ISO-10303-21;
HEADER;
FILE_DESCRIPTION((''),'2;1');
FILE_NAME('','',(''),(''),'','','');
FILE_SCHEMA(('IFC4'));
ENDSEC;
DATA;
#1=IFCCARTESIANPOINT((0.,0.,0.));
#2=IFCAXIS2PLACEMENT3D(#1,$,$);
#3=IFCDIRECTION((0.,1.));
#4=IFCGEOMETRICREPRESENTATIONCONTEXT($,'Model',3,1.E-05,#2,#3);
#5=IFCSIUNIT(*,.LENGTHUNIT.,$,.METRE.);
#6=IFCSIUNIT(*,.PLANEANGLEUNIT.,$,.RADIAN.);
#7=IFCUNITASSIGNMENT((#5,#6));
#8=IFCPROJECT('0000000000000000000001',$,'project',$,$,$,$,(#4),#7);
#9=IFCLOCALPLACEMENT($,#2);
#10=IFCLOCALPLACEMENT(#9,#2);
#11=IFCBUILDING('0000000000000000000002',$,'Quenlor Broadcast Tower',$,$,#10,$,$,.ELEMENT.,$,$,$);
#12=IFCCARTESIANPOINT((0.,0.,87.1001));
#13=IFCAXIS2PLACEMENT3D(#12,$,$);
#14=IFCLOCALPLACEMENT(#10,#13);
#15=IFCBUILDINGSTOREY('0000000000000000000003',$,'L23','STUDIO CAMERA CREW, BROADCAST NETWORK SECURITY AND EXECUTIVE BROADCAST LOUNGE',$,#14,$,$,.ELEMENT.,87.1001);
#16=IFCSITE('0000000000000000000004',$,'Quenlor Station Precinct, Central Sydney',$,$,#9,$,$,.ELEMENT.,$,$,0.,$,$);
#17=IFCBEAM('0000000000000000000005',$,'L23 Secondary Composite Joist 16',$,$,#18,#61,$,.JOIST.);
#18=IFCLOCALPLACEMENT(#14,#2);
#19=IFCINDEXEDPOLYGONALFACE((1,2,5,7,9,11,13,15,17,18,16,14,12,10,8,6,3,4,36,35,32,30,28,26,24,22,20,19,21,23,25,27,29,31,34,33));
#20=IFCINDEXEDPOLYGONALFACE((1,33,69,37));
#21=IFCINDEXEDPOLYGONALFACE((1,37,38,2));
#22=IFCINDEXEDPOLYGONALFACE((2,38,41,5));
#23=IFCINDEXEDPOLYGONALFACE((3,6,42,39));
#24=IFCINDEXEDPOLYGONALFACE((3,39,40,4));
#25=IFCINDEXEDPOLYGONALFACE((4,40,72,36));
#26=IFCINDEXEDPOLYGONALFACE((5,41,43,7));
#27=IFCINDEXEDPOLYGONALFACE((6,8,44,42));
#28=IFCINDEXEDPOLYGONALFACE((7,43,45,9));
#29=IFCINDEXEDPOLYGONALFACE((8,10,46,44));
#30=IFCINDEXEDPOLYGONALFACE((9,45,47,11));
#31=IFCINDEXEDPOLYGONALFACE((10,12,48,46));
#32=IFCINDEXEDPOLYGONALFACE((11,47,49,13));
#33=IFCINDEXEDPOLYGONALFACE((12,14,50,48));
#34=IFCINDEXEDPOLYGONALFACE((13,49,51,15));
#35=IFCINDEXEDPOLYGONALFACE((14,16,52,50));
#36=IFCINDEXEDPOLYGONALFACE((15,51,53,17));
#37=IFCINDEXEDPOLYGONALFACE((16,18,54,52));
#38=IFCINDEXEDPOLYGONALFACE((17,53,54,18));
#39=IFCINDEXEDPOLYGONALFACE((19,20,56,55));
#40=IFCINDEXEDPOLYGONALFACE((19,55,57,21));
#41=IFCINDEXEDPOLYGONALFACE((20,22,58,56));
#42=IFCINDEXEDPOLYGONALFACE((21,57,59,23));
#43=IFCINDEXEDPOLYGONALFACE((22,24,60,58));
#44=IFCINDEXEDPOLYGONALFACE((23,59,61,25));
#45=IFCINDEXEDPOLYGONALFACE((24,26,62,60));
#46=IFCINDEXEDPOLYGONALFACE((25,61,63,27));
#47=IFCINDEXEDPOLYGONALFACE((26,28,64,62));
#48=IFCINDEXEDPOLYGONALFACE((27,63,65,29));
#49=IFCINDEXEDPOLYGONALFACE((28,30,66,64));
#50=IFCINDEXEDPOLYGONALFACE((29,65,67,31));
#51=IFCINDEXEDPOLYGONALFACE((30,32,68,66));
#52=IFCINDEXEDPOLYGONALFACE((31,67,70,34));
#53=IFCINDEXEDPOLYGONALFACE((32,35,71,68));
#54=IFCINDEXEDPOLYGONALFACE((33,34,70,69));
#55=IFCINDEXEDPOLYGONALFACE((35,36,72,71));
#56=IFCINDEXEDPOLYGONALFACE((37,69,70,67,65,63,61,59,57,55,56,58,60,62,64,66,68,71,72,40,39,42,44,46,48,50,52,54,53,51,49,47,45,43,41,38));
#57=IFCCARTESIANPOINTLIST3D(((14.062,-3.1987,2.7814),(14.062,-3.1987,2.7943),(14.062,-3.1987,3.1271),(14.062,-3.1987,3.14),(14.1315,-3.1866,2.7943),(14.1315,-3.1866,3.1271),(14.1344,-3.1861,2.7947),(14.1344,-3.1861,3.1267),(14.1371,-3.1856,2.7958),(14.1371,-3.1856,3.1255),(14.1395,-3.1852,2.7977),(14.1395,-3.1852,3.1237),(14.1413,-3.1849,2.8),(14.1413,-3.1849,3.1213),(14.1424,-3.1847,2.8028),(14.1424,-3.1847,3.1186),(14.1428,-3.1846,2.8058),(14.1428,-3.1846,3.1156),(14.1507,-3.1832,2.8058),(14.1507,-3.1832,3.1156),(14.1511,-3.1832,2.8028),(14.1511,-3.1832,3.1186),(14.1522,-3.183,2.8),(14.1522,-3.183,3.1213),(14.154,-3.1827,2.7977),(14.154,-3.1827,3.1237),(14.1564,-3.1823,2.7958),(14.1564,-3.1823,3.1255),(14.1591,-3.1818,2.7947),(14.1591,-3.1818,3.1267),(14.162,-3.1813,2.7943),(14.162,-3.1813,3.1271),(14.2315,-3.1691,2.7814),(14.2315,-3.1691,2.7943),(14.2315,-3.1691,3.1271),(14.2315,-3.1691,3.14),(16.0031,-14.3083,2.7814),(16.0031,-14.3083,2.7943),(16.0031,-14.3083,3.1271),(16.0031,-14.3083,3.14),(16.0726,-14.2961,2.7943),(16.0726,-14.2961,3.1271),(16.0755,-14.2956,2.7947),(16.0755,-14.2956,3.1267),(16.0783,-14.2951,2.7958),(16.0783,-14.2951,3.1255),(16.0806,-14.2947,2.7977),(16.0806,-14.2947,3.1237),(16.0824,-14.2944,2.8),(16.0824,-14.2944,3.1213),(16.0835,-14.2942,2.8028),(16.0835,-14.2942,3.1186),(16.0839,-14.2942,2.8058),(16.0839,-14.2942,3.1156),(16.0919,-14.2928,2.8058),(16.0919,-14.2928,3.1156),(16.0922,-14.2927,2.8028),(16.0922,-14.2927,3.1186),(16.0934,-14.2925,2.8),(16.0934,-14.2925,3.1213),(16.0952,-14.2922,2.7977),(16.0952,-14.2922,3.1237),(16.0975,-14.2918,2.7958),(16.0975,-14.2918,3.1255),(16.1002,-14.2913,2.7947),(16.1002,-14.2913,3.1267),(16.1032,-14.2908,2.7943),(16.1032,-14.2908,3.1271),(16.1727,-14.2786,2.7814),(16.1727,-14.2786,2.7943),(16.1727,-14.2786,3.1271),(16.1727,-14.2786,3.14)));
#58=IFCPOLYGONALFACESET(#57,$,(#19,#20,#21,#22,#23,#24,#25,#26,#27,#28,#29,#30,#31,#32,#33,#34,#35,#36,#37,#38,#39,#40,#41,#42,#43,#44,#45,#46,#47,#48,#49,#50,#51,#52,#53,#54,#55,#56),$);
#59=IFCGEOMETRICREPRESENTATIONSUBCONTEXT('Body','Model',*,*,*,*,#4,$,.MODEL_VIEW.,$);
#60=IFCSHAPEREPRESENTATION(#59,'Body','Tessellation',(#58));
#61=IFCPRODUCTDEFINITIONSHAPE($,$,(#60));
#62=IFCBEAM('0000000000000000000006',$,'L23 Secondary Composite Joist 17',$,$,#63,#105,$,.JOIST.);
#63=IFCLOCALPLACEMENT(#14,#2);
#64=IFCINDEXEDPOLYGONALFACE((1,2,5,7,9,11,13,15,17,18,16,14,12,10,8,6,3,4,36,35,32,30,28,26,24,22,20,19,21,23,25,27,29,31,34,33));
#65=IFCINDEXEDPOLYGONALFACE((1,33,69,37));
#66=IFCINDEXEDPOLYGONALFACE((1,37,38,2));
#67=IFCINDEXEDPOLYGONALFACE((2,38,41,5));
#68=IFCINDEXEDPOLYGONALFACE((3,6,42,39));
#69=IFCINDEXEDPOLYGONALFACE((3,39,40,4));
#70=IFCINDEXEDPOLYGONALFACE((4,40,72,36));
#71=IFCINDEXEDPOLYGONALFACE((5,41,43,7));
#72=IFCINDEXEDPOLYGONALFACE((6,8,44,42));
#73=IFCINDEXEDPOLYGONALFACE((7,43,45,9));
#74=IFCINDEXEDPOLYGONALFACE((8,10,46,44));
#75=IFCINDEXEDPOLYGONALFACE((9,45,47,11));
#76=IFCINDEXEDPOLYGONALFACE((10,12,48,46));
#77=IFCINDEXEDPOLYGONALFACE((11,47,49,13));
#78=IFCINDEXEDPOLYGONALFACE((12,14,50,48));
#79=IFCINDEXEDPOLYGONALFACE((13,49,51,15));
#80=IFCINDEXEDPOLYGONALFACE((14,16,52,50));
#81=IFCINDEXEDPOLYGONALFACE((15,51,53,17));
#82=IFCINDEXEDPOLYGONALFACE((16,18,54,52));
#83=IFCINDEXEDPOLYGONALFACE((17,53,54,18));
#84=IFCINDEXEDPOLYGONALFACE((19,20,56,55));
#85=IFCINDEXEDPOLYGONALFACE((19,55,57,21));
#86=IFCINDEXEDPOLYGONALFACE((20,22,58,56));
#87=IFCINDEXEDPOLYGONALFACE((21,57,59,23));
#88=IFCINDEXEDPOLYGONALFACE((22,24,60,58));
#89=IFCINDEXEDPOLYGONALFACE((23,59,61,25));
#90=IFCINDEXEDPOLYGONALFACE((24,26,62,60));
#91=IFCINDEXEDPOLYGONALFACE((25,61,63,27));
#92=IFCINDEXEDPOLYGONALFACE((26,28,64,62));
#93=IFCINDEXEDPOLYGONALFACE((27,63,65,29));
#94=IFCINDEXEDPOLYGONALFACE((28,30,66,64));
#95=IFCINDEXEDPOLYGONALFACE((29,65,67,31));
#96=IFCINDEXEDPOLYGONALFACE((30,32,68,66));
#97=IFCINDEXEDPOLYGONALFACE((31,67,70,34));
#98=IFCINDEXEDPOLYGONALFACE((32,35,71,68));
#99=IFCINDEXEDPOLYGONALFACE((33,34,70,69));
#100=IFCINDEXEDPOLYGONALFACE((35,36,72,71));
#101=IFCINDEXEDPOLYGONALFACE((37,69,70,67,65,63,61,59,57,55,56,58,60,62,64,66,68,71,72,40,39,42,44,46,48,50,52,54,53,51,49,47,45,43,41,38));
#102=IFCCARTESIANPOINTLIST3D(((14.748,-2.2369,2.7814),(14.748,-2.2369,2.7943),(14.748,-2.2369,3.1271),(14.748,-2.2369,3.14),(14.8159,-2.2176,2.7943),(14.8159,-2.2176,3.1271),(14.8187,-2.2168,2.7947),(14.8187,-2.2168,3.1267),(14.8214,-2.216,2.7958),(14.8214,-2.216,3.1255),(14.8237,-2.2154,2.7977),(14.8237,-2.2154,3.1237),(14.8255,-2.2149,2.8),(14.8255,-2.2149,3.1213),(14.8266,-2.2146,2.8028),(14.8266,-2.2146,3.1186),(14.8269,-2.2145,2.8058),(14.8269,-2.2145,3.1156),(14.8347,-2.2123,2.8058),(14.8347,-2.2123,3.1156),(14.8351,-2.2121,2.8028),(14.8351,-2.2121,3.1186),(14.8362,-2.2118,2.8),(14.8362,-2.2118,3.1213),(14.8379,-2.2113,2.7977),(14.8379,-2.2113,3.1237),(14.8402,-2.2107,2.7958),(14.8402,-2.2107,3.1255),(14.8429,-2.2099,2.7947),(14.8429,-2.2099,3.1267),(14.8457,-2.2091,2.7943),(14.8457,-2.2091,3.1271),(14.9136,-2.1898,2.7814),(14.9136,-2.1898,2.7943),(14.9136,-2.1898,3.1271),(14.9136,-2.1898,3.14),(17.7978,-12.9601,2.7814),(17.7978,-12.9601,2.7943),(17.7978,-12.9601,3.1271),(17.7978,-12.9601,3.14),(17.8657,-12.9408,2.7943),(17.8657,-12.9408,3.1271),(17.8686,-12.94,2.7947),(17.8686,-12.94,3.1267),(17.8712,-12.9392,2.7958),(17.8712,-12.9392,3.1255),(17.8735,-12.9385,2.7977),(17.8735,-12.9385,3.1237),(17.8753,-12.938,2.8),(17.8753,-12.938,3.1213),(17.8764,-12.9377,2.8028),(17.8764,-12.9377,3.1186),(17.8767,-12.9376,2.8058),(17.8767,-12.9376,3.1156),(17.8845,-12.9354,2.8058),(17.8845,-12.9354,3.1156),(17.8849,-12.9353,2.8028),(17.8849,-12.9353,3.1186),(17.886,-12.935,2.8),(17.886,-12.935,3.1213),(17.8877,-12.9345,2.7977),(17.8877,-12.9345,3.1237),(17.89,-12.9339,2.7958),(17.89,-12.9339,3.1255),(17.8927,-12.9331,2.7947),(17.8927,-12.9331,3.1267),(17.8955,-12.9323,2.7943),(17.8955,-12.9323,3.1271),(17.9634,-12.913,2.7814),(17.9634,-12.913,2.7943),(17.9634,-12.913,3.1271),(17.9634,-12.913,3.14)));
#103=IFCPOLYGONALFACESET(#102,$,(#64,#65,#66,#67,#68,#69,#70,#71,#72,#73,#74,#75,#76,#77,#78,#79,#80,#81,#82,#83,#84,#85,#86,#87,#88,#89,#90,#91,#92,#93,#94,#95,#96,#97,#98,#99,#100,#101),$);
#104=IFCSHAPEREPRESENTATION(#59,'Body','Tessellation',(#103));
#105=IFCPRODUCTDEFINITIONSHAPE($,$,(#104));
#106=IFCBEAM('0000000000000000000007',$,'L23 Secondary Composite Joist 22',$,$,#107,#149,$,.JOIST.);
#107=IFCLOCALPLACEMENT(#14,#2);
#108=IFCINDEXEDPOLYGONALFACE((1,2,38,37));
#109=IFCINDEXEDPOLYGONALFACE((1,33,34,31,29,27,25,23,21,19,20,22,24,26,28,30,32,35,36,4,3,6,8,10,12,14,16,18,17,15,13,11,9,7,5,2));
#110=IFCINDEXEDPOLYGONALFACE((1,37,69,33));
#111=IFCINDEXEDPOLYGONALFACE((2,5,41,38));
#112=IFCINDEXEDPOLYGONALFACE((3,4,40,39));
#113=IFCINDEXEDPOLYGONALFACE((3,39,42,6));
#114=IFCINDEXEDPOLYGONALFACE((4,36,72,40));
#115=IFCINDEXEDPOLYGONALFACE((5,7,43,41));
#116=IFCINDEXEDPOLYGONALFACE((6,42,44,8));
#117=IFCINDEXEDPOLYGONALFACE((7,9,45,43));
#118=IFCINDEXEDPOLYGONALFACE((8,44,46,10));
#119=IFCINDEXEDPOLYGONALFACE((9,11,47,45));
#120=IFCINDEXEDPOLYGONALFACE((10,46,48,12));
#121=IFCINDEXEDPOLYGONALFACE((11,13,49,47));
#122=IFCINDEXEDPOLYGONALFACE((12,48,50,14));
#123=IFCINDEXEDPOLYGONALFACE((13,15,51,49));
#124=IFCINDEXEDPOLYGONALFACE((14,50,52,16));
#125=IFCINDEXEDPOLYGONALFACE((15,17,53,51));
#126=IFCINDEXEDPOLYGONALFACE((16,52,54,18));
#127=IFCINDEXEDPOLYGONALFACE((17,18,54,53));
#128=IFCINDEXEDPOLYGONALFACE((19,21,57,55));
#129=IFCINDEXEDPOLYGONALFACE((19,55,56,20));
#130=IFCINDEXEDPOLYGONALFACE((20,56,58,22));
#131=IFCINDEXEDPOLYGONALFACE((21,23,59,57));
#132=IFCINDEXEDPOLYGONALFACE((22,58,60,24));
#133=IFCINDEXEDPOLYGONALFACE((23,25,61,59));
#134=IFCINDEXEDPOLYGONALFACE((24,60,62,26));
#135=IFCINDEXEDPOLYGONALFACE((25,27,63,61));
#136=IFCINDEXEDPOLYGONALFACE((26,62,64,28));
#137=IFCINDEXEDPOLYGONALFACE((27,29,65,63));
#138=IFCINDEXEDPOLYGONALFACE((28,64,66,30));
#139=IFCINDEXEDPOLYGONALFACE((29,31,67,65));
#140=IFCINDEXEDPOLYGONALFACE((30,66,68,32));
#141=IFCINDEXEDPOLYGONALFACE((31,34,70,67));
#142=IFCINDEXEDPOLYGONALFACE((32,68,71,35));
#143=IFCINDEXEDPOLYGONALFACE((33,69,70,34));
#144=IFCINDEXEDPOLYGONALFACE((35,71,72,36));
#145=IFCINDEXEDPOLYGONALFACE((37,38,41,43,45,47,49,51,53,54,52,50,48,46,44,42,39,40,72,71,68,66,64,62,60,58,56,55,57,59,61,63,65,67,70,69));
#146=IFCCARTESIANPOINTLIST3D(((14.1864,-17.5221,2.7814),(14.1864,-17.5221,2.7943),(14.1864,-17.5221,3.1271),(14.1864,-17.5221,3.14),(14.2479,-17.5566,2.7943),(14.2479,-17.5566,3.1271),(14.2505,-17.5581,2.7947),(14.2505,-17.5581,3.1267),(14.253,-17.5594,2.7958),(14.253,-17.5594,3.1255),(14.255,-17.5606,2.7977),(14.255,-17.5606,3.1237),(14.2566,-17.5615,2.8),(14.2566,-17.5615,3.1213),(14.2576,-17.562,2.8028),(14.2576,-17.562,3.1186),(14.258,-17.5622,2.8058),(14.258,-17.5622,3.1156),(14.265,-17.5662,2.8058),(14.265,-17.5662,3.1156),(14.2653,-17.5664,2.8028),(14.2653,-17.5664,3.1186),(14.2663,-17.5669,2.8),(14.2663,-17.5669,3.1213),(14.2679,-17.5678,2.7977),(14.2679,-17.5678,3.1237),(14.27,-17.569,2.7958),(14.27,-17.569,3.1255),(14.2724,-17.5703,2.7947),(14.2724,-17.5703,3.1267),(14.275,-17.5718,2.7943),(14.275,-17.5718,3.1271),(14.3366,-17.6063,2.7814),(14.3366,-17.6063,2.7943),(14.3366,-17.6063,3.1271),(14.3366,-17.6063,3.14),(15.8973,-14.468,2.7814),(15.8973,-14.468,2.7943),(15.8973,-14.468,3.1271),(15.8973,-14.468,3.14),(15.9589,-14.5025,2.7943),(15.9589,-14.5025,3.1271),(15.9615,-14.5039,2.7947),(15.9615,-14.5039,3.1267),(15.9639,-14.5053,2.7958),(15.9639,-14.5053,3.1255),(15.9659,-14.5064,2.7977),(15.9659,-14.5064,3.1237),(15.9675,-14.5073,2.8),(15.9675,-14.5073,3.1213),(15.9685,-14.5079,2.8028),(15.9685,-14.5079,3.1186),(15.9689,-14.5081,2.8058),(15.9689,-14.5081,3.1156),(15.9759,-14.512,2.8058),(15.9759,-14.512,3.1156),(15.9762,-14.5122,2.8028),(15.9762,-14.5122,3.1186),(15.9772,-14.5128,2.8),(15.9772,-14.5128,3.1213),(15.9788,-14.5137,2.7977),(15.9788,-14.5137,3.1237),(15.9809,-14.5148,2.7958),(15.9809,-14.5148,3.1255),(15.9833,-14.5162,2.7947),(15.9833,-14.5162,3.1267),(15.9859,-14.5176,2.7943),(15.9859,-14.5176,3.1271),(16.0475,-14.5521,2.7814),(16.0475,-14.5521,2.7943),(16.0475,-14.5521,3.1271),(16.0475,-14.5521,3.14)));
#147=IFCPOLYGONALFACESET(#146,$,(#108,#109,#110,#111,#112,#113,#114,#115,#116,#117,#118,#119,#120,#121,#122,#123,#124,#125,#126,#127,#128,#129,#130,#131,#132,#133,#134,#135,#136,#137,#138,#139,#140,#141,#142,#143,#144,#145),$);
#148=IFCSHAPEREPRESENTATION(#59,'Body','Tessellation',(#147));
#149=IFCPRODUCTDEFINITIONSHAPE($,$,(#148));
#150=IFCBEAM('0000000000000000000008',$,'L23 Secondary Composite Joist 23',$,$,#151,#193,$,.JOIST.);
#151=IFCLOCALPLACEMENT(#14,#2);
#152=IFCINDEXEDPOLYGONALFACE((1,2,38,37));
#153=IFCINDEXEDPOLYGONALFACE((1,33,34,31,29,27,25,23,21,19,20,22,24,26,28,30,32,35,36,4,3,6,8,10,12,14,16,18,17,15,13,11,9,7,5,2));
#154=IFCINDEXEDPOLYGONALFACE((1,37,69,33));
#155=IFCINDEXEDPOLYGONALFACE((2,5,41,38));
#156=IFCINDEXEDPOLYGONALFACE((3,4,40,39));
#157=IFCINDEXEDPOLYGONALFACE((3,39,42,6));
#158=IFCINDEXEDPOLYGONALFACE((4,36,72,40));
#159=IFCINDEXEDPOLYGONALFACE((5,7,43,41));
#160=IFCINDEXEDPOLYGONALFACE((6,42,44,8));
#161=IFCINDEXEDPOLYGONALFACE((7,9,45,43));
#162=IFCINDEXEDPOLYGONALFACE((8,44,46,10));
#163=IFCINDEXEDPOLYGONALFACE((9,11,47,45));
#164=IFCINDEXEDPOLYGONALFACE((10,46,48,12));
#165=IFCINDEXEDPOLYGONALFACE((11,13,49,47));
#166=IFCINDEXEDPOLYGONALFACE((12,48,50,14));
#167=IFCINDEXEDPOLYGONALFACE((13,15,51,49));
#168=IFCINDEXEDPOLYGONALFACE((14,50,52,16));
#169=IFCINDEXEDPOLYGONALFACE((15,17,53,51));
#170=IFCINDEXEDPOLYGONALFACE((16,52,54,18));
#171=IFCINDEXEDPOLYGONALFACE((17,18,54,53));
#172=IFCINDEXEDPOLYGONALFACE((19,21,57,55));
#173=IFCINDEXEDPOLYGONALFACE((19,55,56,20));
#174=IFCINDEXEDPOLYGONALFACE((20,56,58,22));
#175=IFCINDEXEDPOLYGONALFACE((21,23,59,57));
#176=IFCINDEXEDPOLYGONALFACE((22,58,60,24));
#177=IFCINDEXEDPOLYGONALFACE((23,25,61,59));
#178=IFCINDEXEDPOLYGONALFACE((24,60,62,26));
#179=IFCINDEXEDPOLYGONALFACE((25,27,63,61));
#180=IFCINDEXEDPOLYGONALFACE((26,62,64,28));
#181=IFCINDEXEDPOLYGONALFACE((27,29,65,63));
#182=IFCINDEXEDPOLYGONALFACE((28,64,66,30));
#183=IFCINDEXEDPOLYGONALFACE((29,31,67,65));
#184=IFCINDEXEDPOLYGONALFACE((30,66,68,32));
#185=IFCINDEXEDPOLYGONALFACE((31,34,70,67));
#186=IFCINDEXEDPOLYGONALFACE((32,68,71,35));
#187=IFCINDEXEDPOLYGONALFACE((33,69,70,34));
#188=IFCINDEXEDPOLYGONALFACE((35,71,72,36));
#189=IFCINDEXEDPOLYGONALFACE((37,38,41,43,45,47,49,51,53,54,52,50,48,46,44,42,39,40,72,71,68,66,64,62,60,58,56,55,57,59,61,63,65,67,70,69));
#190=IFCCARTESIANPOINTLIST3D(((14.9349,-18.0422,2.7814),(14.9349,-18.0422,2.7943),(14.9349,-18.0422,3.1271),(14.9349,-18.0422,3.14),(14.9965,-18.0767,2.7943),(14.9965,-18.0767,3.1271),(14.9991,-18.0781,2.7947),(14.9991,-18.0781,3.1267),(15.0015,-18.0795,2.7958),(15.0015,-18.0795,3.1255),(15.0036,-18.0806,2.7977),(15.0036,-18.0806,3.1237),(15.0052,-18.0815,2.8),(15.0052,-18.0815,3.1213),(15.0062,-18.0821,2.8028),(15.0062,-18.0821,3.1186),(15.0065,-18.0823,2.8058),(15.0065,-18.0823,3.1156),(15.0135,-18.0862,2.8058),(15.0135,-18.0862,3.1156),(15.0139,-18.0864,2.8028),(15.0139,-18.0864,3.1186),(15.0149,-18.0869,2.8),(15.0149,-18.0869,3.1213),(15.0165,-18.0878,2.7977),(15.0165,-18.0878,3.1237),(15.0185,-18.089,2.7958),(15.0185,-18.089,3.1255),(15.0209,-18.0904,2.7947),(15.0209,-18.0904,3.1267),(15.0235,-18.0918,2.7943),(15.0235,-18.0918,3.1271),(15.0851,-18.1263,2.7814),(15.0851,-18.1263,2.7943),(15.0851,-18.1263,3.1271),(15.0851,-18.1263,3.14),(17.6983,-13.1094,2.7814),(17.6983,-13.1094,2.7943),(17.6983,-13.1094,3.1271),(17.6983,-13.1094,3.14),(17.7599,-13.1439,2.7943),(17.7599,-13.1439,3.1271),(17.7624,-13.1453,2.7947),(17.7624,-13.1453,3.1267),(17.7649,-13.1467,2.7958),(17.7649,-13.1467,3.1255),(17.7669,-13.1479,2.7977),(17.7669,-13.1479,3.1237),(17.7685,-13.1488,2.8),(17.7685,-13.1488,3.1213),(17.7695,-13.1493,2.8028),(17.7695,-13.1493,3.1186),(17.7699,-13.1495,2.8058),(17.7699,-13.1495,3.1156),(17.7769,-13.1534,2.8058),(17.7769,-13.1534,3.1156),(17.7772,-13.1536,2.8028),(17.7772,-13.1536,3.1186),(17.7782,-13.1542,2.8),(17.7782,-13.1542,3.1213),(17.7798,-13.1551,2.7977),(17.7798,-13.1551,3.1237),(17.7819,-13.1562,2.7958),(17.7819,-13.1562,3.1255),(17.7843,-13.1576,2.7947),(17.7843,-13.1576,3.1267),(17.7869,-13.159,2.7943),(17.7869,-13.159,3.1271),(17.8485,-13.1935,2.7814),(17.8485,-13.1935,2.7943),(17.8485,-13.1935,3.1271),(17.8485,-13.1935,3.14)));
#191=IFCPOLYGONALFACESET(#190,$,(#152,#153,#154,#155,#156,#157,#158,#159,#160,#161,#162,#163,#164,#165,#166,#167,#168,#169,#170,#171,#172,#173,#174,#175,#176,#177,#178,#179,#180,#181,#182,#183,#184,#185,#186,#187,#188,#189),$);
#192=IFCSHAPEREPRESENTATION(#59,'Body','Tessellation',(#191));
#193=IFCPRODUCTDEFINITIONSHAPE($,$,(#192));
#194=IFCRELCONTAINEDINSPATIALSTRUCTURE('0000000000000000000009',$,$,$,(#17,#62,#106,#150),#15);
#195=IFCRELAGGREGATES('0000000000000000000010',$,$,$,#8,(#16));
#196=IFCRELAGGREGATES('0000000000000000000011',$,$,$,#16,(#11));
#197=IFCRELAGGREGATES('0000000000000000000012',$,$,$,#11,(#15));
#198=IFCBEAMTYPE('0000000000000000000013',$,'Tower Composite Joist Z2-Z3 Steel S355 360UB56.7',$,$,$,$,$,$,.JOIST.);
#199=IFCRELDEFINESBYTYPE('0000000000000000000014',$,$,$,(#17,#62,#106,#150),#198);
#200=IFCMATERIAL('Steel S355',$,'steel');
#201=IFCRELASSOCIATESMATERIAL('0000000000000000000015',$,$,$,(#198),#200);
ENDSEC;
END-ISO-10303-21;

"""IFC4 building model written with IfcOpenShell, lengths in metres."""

from ifc_helpers import new_model, si_unit, direction, frame, origin, origin_2d, place, context, subcontext, project, spatial, i_section, extrude, material, material_profile, profile_set, type_object, element, save


model = new_model("IFC4")

# Units and contexts
model_context = context("Model", 3, precision=1e-05, world=origin(), true_north=direction((0.0, 1.0)))
body_context = subcontext(model_context, "Body", "Model", "MODEL_VIEW")
ifc_project = project(units=[si_unit("LENGTHUNIT", "METRE"), si_unit("PLANEANGLEUNIT", "RADIAN")], contexts=[model_context])

# Site, building, storey
site_placement = place(None, origin())
site = spatial("IfcSite", under=ifc_project, at=site_placement, Name="Quenlor Station Precinct, Central Sydney", CompositionType="ELEMENT", RefElevation=0.0)
building_placement = place(site_placement, origin())
building = spatial("IfcBuilding", under=site, at=building_placement, Name="Quenlor Broadcast Tower", CompositionType="ELEMENT")
storey_placement = place(building_placement, frame((0.0, 0.0, 87.1001)))
storey = spatial("IfcBuildingStorey", under=building, at=storey_placement, Name="L23", Description="STUDIO CAMERA CREW, BROADCAST NETWORK SECURITY AND EXECUTIVE BROADCAST LOUNGE", CompositionType="ELEMENT", Elevation=87.1001)

# Beams
ifc_material_1 = material(Name="Steel S355", Category="steel")
ifc_material_profile_1 = material_profile(ifc_material_1, i_section(OverallWidth=0.1721, OverallDepth=0.3586, WebThickness=0.0081, FlangeThickness=0.0129, FilletRadius=0.0115, at=origin_2d()))
ifc_profile_set_1 = profile_set([ifc_material_profile_1], Name="Steel S355 360UB56.7")
beam_type_1 = type_object("IfcBeamType", Name="Tower Composite Joist Z2-Z3 Steel S355 360UB56.7", PredefinedType="JOIST", material=ifc_profile_set_1)
beam_1_placement = place(storey_placement, frame((16.0879, -14.2935, 2.9607), z_axis=(-0.17212, 0.985076, 0.0), x_axis=(-0.985076, -0.17212, 0.0)))
element("IfcBeam", 1, at=beam_1_placement, inside=storey, type_object=beam_type_1, Name="L23 Secondary Composite Joist 16", PredefinedType="JOIST", context=body_context, shape_type="SweptSolid", body=[
    extrude(i_section(OverallWidth=0.1721, OverallDepth=0.3586, WebThickness=0.0081, FlangeThickness=0.0129, FilletRadius=0.0115, at=origin_2d()), origin(), (0.0, 0.0, 1.0), 11.2778),
])
beam_2_placement = place(storey_placement, frame((17.8806, -12.9365, 2.9607), z_axis=(-0.273564, 0.961854, 0.0), x_axis=(-0.961854, -0.273564, 0.0)))
element("IfcBeam", 2, at=beam_2_placement, inside=storey, type_object=beam_type_1, Name="L23 Secondary Composite Joist 17", PredefinedType="JOIST", context=body_context, shape_type="SweptSolid", body=[
    extrude(i_section(OverallWidth=0.1721, OverallDepth=0.3586, WebThickness=0.0081, FlangeThickness=0.0129, FilletRadius=0.0115, at=origin_2d()), origin(), (0.0, 0.0, 1.0), 11.1484),
])
beam_3_placement = place(storey_placement, frame((14.2615, -17.5642, 2.9607), z_axis=(0.488731, 0.872435, 0.0), x_axis=(-0.872435, 0.488731, 0.0)))
element("IfcBeam", 3, at=beam_3_placement, inside=storey, type_object=beam_type_1, Name="L23 Secondary Composite Joist 22", PredefinedType="JOIST", context=body_context, shape_type="SweptSolid", body=[
    extrude(i_section(OverallWidth=0.1721, OverallDepth=0.3586, WebThickness=0.0081, FlangeThickness=0.0129, FilletRadius=0.0115, at=origin_2d()), origin(), (0.0, 0.0, 1.0), 3.5007),
])
beam_4_placement = place(storey_placement, frame((15.01, -18.0842, 2.9607), z_axis=(0.488741, 0.872429, 0.0), x_axis=(-0.872429, 0.488741, 0.0)))
element("IfcBeam", 4, at=beam_4_placement, inside=storey, type_object=beam_type_1, Name="L23 Secondary Composite Joist 23", PredefinedType="JOIST", context=body_context, shape_type="SweptSolid", body=[
    extrude(i_section(OverallWidth=0.1721, OverallDepth=0.3586, WebThickness=0.0081, FlangeThickness=0.0129, FilletRadius=0.0115, at=origin_2d()), origin(), (0.0, 0.0, 1.0), 5.6541),
])

save(model, "model.ifc")
